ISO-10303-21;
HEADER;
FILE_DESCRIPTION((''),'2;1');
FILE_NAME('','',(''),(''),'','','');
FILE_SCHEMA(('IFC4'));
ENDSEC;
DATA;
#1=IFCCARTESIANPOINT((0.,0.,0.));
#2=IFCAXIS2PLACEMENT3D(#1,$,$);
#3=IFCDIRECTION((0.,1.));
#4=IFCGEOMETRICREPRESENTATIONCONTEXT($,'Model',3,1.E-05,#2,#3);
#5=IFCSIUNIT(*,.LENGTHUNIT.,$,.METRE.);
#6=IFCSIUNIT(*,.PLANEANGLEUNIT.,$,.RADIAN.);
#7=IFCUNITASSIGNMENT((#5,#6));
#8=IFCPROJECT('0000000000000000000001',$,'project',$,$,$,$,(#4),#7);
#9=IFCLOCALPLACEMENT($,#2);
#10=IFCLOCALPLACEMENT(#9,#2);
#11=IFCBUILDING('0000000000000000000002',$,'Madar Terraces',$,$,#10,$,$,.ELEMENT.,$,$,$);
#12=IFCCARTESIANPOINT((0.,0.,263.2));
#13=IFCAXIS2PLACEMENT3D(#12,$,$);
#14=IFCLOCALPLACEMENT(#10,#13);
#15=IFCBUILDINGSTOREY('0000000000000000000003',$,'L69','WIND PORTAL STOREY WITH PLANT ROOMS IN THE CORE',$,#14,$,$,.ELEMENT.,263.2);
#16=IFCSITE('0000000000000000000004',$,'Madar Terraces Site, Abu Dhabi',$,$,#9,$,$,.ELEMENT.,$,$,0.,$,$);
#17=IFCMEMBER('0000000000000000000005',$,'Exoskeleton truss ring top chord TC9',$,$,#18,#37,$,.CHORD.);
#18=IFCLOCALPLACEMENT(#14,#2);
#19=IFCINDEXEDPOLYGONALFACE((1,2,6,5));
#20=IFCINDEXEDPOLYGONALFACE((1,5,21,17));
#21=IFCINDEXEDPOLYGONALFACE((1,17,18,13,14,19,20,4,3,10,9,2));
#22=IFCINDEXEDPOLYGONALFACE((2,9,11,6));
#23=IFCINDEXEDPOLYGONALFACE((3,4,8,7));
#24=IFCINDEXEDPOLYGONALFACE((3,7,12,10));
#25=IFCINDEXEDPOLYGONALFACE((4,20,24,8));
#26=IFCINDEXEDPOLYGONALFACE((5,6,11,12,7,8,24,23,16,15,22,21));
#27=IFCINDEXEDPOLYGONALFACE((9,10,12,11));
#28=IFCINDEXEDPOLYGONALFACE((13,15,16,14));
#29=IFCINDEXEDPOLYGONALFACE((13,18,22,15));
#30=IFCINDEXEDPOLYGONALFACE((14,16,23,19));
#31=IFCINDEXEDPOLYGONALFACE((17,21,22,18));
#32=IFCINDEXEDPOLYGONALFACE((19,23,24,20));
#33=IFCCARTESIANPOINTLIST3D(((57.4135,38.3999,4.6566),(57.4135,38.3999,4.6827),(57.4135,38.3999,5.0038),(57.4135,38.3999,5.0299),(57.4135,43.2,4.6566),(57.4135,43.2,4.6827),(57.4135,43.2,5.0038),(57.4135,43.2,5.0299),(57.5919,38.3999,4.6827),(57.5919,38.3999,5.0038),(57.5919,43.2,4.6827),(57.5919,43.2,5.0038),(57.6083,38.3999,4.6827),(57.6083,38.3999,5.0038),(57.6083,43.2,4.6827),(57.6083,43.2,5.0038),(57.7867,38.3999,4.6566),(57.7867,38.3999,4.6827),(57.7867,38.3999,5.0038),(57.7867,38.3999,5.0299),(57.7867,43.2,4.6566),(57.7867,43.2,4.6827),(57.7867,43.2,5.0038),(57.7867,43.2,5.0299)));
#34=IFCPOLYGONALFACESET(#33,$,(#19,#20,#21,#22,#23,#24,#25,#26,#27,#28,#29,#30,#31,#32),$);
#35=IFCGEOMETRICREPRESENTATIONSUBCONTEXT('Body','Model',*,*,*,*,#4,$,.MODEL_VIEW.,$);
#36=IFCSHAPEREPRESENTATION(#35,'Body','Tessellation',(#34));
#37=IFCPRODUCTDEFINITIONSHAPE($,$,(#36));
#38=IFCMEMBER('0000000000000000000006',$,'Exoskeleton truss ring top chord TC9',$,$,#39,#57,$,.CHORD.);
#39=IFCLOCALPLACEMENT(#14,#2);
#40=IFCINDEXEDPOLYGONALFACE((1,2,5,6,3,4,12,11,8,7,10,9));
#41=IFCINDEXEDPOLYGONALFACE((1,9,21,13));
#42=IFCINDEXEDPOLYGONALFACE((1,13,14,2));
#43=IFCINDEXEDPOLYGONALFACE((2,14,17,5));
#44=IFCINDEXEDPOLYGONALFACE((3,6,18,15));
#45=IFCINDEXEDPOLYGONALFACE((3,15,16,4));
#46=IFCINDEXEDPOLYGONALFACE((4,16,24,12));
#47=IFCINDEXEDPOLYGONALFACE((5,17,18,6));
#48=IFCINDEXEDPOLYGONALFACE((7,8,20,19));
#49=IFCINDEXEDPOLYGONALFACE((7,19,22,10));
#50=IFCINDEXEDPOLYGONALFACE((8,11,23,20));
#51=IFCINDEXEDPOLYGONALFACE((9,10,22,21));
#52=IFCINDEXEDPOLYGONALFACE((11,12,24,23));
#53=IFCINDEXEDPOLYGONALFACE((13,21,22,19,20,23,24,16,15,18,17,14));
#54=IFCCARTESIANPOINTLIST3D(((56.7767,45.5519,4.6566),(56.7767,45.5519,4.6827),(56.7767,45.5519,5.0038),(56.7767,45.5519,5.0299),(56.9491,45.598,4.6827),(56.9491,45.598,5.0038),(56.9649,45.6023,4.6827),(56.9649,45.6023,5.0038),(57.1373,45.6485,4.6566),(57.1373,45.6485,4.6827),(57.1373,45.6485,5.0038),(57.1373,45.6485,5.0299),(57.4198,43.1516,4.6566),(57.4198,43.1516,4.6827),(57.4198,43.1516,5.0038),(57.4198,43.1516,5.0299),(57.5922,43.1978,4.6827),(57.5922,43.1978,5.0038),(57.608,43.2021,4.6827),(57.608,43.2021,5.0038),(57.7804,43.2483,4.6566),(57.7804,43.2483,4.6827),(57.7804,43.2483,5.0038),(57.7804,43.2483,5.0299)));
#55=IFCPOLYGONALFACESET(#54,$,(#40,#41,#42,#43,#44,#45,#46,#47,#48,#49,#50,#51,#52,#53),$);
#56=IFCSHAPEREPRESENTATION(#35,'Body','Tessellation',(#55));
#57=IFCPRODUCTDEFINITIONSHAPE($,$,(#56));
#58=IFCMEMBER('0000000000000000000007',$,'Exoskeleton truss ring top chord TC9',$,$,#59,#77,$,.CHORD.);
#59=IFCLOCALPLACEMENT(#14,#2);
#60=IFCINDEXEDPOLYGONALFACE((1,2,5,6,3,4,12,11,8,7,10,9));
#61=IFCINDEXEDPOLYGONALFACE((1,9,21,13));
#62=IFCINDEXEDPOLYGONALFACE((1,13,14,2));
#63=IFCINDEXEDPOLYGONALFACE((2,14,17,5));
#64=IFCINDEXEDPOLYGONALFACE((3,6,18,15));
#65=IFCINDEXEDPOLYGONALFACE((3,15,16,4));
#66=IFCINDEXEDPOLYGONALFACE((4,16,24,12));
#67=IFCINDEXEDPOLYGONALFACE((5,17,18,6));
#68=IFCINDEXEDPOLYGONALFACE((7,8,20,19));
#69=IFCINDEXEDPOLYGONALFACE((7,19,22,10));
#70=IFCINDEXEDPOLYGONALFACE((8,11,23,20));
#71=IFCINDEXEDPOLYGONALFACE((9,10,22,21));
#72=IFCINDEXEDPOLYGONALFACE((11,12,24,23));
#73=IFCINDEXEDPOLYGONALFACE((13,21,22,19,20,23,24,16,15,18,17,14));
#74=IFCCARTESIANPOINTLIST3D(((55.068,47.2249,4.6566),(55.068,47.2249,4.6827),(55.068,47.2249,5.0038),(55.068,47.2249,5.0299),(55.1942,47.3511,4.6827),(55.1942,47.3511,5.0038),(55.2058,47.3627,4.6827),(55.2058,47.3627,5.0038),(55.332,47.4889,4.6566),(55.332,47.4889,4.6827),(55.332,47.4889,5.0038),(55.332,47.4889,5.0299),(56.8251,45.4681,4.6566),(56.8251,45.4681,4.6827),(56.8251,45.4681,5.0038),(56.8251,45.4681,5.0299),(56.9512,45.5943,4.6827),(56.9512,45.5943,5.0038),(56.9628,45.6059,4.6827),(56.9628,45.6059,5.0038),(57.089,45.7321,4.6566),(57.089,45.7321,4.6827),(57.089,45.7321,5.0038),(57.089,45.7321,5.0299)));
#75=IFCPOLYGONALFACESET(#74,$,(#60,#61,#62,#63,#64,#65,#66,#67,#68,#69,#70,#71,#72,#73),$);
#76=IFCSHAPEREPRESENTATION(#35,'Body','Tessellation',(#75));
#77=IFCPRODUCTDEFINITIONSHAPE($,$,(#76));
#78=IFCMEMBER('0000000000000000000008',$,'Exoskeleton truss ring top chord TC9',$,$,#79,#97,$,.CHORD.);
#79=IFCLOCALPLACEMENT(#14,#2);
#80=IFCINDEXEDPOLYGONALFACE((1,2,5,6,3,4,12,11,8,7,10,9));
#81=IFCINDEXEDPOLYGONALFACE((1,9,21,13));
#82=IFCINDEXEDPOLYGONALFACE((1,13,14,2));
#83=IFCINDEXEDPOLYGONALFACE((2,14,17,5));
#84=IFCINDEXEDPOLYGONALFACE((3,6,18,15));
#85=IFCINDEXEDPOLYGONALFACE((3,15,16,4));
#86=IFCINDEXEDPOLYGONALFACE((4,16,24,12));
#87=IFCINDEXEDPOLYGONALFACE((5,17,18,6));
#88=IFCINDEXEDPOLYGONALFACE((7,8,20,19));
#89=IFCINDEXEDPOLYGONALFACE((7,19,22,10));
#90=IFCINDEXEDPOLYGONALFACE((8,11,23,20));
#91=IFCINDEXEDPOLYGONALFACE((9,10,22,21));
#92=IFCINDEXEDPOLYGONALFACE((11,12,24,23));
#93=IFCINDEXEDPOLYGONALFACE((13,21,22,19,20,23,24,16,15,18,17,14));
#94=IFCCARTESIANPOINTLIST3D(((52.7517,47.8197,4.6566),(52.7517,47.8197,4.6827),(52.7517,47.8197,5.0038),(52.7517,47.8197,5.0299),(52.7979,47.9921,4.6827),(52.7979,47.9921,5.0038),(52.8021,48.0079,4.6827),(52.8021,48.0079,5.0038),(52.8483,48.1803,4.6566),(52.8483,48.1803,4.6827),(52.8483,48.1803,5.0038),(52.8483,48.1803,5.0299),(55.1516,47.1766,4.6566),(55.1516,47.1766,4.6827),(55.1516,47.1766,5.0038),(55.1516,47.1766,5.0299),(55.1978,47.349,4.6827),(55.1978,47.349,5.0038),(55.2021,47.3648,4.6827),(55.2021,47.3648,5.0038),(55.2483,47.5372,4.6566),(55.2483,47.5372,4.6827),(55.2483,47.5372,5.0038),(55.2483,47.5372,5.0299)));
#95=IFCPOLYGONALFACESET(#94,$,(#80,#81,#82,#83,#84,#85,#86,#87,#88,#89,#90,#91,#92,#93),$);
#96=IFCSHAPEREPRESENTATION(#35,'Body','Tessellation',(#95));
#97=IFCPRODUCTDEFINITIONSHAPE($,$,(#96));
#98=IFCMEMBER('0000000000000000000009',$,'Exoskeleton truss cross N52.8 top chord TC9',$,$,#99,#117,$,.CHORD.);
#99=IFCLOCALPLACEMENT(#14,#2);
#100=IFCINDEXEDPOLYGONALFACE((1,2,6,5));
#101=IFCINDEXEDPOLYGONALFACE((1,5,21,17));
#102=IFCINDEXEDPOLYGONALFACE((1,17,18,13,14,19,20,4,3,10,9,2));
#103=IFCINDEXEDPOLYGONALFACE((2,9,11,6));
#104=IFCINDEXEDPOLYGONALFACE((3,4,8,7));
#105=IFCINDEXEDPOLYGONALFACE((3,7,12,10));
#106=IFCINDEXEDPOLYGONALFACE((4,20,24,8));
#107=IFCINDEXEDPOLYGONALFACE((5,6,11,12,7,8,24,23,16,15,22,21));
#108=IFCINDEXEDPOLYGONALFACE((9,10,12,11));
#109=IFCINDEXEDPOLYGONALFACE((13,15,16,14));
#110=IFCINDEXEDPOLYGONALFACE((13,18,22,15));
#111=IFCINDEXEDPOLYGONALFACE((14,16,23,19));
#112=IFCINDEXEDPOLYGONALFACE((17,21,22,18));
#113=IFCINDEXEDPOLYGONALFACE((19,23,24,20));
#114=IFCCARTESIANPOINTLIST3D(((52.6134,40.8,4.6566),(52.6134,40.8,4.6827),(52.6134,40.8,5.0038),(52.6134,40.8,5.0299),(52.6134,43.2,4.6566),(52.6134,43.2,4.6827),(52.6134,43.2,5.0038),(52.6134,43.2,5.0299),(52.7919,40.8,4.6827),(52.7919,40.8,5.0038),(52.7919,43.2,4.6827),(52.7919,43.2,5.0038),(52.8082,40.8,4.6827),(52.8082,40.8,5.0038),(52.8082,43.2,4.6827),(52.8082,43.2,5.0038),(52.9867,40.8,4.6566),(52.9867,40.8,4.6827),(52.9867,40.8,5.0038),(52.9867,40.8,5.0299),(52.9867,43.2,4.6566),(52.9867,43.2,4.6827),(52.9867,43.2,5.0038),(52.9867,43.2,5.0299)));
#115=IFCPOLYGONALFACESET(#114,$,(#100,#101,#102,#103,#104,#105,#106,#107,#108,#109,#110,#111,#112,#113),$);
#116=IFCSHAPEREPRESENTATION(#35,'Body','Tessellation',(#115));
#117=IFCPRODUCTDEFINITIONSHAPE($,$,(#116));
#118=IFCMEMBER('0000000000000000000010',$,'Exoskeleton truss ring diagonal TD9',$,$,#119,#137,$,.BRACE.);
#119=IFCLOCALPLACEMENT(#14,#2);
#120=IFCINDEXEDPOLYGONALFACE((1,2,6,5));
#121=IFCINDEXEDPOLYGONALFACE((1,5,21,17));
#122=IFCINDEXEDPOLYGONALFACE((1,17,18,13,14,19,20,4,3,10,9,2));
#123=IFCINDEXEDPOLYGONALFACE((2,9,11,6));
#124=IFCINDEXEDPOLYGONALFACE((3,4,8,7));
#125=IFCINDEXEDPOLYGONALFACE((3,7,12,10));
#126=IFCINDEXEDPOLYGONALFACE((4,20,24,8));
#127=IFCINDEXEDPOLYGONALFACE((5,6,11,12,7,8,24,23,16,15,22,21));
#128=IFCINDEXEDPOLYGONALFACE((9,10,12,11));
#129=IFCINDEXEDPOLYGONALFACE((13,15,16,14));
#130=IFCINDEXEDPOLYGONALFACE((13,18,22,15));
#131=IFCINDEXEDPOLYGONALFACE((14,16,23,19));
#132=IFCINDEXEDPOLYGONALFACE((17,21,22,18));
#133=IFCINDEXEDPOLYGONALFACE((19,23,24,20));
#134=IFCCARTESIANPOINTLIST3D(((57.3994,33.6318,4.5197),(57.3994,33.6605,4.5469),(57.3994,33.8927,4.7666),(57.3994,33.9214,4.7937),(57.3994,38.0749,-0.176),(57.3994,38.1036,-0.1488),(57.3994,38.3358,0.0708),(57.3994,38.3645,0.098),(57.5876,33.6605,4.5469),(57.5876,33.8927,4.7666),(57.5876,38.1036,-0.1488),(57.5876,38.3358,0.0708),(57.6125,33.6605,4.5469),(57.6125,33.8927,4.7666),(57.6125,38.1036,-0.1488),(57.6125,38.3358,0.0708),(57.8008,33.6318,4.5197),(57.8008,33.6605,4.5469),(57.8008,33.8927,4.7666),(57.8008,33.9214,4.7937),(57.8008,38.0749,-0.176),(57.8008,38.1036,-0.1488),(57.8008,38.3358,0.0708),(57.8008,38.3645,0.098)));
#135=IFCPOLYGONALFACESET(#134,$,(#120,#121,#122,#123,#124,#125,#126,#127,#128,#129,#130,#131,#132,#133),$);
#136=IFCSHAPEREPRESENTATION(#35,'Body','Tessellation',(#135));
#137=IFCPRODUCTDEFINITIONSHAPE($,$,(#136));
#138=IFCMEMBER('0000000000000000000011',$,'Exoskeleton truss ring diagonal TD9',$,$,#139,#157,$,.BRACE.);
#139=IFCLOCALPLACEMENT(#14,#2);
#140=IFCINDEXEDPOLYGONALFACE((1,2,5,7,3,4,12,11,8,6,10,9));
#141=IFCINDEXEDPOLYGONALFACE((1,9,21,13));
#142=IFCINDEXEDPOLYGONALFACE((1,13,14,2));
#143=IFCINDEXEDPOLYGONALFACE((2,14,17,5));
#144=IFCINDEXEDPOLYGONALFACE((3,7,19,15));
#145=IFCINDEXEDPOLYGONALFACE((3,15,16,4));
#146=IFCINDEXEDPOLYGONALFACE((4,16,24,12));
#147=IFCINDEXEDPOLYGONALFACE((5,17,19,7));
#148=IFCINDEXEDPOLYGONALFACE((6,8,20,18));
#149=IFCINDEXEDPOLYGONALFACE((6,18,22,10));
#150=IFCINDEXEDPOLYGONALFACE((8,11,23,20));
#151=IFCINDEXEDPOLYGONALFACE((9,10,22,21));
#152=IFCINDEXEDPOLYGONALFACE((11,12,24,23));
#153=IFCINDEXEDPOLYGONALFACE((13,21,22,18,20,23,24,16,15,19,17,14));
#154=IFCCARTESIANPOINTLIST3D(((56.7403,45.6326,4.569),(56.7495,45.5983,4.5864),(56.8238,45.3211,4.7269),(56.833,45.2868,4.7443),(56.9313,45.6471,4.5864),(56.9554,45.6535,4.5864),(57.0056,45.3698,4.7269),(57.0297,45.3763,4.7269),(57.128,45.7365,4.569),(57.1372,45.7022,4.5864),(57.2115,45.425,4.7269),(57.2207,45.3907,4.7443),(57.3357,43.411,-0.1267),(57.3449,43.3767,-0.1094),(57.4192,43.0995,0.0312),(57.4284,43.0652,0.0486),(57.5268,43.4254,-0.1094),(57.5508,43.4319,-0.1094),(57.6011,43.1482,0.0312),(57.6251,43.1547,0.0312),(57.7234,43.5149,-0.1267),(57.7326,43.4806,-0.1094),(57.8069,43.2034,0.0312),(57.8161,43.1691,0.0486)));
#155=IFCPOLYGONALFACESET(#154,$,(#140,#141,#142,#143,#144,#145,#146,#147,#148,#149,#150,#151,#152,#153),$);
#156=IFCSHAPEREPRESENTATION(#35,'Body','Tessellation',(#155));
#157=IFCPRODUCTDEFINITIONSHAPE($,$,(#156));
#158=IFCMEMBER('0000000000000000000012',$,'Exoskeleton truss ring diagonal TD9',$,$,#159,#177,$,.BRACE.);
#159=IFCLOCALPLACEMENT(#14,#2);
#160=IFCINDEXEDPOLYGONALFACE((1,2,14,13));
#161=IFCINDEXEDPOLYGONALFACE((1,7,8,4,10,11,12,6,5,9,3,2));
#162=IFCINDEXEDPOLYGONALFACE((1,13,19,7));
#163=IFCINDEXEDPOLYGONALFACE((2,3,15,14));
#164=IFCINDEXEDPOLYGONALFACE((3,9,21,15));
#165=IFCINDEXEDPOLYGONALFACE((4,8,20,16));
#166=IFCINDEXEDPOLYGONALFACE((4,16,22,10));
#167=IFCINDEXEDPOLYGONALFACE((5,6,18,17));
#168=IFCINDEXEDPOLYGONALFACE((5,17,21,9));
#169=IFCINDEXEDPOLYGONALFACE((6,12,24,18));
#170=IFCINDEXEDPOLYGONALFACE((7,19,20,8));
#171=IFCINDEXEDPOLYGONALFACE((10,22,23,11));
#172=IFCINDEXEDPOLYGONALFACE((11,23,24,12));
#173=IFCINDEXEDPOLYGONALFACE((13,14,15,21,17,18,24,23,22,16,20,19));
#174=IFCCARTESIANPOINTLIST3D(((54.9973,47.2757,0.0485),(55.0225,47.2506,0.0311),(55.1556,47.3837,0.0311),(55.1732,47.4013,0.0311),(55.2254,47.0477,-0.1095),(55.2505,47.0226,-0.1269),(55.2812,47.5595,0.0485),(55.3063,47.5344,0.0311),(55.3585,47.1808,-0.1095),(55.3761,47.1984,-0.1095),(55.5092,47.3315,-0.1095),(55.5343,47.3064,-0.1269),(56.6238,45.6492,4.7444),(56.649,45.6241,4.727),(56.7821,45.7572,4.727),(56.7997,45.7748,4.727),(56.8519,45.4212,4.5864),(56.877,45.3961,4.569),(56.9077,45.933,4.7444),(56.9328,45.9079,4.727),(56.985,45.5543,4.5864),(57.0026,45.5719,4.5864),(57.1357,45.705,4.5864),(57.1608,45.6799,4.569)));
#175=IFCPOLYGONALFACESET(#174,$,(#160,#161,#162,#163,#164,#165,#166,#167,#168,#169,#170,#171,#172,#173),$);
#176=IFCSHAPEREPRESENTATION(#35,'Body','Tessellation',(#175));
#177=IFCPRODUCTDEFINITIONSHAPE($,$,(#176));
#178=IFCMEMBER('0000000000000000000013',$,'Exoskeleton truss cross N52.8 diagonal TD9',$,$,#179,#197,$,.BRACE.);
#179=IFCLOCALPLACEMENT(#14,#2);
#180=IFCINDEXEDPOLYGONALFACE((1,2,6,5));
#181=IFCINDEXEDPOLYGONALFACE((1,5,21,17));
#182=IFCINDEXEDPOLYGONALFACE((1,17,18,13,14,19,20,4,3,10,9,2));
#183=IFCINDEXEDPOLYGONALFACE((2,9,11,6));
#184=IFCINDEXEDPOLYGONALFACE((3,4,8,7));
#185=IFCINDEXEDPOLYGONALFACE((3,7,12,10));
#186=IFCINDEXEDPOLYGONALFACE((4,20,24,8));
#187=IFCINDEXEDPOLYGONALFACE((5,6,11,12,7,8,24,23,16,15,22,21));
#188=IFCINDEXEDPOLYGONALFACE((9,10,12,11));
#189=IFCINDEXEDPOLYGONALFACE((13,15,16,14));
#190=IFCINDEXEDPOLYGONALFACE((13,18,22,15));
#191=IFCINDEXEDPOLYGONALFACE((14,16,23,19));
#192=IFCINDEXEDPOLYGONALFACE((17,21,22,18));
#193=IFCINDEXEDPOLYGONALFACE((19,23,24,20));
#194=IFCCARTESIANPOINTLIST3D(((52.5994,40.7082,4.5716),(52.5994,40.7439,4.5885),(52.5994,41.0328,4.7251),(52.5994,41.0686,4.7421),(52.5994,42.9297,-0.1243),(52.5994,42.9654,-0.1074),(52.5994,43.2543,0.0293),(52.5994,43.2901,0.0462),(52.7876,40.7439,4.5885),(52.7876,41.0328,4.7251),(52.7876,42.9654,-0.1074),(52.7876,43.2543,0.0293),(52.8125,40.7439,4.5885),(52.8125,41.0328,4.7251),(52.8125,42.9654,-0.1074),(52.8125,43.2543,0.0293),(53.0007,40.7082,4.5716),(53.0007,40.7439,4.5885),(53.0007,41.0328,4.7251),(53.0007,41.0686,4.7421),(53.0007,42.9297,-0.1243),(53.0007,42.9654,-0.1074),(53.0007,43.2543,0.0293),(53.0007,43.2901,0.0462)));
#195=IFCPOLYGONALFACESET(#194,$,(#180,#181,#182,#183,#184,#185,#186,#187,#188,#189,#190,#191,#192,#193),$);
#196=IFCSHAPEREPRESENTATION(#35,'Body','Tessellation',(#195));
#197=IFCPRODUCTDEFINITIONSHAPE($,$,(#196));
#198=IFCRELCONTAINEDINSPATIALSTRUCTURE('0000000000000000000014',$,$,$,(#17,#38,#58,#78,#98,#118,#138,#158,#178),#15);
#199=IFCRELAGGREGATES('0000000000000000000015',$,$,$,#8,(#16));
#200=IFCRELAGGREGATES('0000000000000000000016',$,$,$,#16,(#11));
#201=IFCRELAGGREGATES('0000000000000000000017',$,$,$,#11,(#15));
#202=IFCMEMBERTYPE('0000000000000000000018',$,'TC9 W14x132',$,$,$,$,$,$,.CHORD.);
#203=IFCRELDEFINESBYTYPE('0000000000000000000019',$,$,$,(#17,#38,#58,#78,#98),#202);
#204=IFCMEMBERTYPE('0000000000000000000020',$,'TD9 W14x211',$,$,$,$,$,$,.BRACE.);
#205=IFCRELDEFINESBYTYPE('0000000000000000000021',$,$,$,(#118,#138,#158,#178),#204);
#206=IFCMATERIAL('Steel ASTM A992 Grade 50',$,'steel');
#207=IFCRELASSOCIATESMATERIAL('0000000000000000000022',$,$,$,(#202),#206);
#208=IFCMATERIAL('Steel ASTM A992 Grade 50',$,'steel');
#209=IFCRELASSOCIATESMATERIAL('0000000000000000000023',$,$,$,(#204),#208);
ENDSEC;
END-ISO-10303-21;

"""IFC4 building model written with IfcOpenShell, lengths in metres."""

from ifc_helpers import new_model, si_unit, direction, frame, origin, origin_2d, place, context, subcontext, project, spatial, i_section, extrude, material, material_profile, profile_set, type_object, element, save


model = new_model("IFC4")

# Units and contexts
model_context = context("Model", 3, precision=1e-05, world=origin(), true_north=direction((0.0, 1.0)))
body_context = subcontext(model_context, "Body", "Model", "MODEL_VIEW")
ifc_project = project(units=[si_unit("LENGTHUNIT", "METRE"), si_unit("PLANEANGLEUNIT", "RADIAN")], contexts=[model_context])

# Site, building, storey
site_placement = place(None, origin())
site = spatial("IfcSite", under=ifc_project, at=site_placement, Name="Madar Terraces Site, Abu Dhabi", CompositionType="ELEMENT", RefElevation=0.0)
building_placement = place(site_placement, origin())
building = spatial("IfcBuilding", under=site, at=building_placement, Name="Madar Terraces", CompositionType="ELEMENT")
storey_placement = place(building_placement, frame((0.0, 0.0, 263.2)))
storey = spatial("IfcBuildingStorey", under=building, at=storey_placement, Name="L69", Description="WIND PORTAL STOREY WITH PLANT ROOMS IN THE CORE", CompositionType="ELEMENT", Elevation=263.2)

# Members
ifc_material_1 = material(Name="Steel ASTM A992 Grade 50", Category="steel")
ifc_material_profile_1 = material_profile(ifc_material_1, i_section(OverallWidth=0.3733, OverallDepth=0.3733, WebThickness=0.0164, FlangeThickness=0.0261, at=origin_2d()), Name="W14x132")
ifc_profile_set_1 = profile_set([ifc_material_profile_1], Name="Steel ASTM A992 Grade 50")
member_type_1 = type_object("IfcMemberType", Name="TC9 W14x132", PredefinedType="CHORD", material=ifc_profile_set_1)
member_1_placement = place(storey_placement, frame((57.6001, 38.3999, 4.8433), z_axis=(0.0, 1.0, 0.0), x_axis=(-1.0, 0.0, 0.0)))
element("IfcMember", 1, at=member_1_placement, inside=storey, type_object=member_type_1, Name="Exoskeleton truss ring top chord TC9", PredefinedType="CHORD", context=body_context, shape_type="SweptSolid", body=[
    extrude(i_section(OverallWidth=0.3733, OverallDepth=0.3733, WebThickness=0.0164, FlangeThickness=0.0261, at=origin_2d()), origin(), (0.0, 0.0, 1.0), 4.8),
])
member_2_placement = place(storey_placement, frame((57.6001, 43.2, 4.8433), z_axis=(-0.2588, 0.965931, 0.0), x_axis=(-0.965931, -0.2588, 0.0)))
element("IfcMember", 2, at=member_2_placement, inside=storey, type_object=member_type_1, Name="Exoskeleton truss ring top chord TC9", PredefinedType="CHORD", context=body_context, shape_type="SweptSolid", body=[
    extrude(i_section(OverallWidth=0.3733, OverallDepth=0.3733, WebThickness=0.0164, FlangeThickness=0.0261, at=origin_2d()), origin(), (0.0, 0.0, 1.0), 2.4849),
])
for number, where, z_axis, x_axis, name in (
    (3, (56.957, 45.6001, 4.8433), (-0.707156, 0.707058, 0.0), (-0.707058, -0.707156, 0.0), "Exoskeleton truss ring top chord TC9"),
    (4, (55.2, 47.3569, 4.8433), (-0.965924, 0.258824, 0.0), (-0.258824, -0.965924, 0.0), "Exoskeleton truss ring top chord TC9"),
):
    element("IfcMember", number, at=place(storey_placement, frame(where, z_axis=z_axis, x_axis=x_axis)), inside=storey, type_object=member_type_1, Name=name, PredefinedType="CHORD", context=body_context, shape_type="SweptSolid", body=[
        extrude(i_section(OverallWidth=0.3733, OverallDepth=0.3733, WebThickness=0.0164, FlangeThickness=0.0261, at=origin_2d()), origin(), (0.0, 0.0, 1.0), 2.4846),
    ])
member_3_placement = place(storey_placement, frame((52.8, 43.2, 4.8433), z_axis=(0.0, -1.0, 0.0), x_axis=(1.0, 0.0, 0.0)))
element("IfcMember", 5, at=member_3_placement, inside=storey, type_object=member_type_1, Name="Exoskeleton truss cross N52.8 top chord TC9", PredefinedType="CHORD", context=body_context, shape_type="SweptSolid", body=[
    extrude(i_section(OverallWidth=0.3733, OverallDepth=0.3733, WebThickness=0.0164, FlangeThickness=0.0261, at=origin_2d()), origin(), (0.0, 0.0, 1.0), 2.3999),
])
ifc_material_2 = material(Name="Steel ASTM A992 Grade 50", Category="steel")
ifc_material_profile_2 = material_profile(ifc_material_2, i_section(OverallWidth=0.4014, OverallDepth=0.3987, WebThickness=0.0249, FlangeThickness=0.0396, at=origin_2d()), Name="W14x211")
ifc_profile_set_2 = profile_set([ifc_material_profile_2], Name="Steel ASTM A992 Grade 50")
member_type_2 = type_object("IfcMemberType", Name="TD9 W14x211", PredefinedType="BRACE", material=ifc_profile_set_2)
member_4_placement = place(storey_placement, frame((57.6001, 33.7766, 4.6567), z_axis=(0.0, 0.687293, -0.72638), x_axis=(-1.0, 0.0, 0.0)))
element("IfcMember", 6, at=member_4_placement, inside=storey, type_object=member_type_2, Name="Exoskeleton truss ring diagonal TD9", PredefinedType="BRACE", context=body_context, shape_type="SweptSolid", body=[
    extrude(i_section(OverallWidth=0.4014, OverallDepth=0.3987, WebThickness=0.0249, FlangeThickness=0.0396, at=origin_2d()), origin(), (0.0, 0.0, 1.0), 6.4646),
])
member_5_placement = place(storey_placement, frame((57.5759, 43.29, -0.0391), z_axis=(-0.113879, 0.424888, 0.898054), x_axis=(-0.965908, -0.258885, 0.0)))
element("IfcMember", 7, at=member_5_placement, inside=storey, type_object=member_type_2, Name="Exoskeleton truss ring diagonal TD9", PredefinedType="BRACE", context=body_context, shape_type="SweptSolid", body=[
    extrude(i_section(OverallWidth=0.4014, OverallDepth=0.3987, WebThickness=0.0249, FlangeThickness=0.0396, at=origin_2d()), origin(), (0.0, 0.0, 1.0), 5.2288),
])
member_6_placement = place(storey_placement, frame((56.8923, 45.6646, 4.6567), z_axis=(-0.311053, 0.311053, -0.898049), x_axis=(-0.707107, -0.707107, 0.0)))
element("IfcMember", 8, at=member_6_placement, inside=storey, type_object=member_type_2, Name="Exoskeleton truss ring diagonal TD9", PredefinedType="BRACE", context=body_context, shape_type="SweptSolid", body=[
    extrude(i_section(OverallWidth=0.4014, OverallDepth=0.3987, WebThickness=0.0249, FlangeThickness=0.0396, at=origin_2d()), origin(), (0.0, 0.0, 1.0), 5.229),
])
member_7_placement = place(storey_placement, frame((52.8, 43.1099, -0.0391), z_axis=(0.0, -0.427632, 0.903953), x_axis=(1.0, 0.0, 0.0)))
element("IfcMember", 9, at=member_7_placement, inside=storey, type_object=member_type_2, Name="Exoskeleton truss cross N52.8 diagonal TD9", PredefinedType="BRACE", context=body_context, shape_type="SweptSolid", body=[
    extrude(i_section(OverallWidth=0.4014, OverallDepth=0.3987, WebThickness=0.0249, FlangeThickness=0.0396, at=origin_2d()), origin(), (0.0, 0.0, 1.0), 5.1948),
])

save(model, "model.ifc")
